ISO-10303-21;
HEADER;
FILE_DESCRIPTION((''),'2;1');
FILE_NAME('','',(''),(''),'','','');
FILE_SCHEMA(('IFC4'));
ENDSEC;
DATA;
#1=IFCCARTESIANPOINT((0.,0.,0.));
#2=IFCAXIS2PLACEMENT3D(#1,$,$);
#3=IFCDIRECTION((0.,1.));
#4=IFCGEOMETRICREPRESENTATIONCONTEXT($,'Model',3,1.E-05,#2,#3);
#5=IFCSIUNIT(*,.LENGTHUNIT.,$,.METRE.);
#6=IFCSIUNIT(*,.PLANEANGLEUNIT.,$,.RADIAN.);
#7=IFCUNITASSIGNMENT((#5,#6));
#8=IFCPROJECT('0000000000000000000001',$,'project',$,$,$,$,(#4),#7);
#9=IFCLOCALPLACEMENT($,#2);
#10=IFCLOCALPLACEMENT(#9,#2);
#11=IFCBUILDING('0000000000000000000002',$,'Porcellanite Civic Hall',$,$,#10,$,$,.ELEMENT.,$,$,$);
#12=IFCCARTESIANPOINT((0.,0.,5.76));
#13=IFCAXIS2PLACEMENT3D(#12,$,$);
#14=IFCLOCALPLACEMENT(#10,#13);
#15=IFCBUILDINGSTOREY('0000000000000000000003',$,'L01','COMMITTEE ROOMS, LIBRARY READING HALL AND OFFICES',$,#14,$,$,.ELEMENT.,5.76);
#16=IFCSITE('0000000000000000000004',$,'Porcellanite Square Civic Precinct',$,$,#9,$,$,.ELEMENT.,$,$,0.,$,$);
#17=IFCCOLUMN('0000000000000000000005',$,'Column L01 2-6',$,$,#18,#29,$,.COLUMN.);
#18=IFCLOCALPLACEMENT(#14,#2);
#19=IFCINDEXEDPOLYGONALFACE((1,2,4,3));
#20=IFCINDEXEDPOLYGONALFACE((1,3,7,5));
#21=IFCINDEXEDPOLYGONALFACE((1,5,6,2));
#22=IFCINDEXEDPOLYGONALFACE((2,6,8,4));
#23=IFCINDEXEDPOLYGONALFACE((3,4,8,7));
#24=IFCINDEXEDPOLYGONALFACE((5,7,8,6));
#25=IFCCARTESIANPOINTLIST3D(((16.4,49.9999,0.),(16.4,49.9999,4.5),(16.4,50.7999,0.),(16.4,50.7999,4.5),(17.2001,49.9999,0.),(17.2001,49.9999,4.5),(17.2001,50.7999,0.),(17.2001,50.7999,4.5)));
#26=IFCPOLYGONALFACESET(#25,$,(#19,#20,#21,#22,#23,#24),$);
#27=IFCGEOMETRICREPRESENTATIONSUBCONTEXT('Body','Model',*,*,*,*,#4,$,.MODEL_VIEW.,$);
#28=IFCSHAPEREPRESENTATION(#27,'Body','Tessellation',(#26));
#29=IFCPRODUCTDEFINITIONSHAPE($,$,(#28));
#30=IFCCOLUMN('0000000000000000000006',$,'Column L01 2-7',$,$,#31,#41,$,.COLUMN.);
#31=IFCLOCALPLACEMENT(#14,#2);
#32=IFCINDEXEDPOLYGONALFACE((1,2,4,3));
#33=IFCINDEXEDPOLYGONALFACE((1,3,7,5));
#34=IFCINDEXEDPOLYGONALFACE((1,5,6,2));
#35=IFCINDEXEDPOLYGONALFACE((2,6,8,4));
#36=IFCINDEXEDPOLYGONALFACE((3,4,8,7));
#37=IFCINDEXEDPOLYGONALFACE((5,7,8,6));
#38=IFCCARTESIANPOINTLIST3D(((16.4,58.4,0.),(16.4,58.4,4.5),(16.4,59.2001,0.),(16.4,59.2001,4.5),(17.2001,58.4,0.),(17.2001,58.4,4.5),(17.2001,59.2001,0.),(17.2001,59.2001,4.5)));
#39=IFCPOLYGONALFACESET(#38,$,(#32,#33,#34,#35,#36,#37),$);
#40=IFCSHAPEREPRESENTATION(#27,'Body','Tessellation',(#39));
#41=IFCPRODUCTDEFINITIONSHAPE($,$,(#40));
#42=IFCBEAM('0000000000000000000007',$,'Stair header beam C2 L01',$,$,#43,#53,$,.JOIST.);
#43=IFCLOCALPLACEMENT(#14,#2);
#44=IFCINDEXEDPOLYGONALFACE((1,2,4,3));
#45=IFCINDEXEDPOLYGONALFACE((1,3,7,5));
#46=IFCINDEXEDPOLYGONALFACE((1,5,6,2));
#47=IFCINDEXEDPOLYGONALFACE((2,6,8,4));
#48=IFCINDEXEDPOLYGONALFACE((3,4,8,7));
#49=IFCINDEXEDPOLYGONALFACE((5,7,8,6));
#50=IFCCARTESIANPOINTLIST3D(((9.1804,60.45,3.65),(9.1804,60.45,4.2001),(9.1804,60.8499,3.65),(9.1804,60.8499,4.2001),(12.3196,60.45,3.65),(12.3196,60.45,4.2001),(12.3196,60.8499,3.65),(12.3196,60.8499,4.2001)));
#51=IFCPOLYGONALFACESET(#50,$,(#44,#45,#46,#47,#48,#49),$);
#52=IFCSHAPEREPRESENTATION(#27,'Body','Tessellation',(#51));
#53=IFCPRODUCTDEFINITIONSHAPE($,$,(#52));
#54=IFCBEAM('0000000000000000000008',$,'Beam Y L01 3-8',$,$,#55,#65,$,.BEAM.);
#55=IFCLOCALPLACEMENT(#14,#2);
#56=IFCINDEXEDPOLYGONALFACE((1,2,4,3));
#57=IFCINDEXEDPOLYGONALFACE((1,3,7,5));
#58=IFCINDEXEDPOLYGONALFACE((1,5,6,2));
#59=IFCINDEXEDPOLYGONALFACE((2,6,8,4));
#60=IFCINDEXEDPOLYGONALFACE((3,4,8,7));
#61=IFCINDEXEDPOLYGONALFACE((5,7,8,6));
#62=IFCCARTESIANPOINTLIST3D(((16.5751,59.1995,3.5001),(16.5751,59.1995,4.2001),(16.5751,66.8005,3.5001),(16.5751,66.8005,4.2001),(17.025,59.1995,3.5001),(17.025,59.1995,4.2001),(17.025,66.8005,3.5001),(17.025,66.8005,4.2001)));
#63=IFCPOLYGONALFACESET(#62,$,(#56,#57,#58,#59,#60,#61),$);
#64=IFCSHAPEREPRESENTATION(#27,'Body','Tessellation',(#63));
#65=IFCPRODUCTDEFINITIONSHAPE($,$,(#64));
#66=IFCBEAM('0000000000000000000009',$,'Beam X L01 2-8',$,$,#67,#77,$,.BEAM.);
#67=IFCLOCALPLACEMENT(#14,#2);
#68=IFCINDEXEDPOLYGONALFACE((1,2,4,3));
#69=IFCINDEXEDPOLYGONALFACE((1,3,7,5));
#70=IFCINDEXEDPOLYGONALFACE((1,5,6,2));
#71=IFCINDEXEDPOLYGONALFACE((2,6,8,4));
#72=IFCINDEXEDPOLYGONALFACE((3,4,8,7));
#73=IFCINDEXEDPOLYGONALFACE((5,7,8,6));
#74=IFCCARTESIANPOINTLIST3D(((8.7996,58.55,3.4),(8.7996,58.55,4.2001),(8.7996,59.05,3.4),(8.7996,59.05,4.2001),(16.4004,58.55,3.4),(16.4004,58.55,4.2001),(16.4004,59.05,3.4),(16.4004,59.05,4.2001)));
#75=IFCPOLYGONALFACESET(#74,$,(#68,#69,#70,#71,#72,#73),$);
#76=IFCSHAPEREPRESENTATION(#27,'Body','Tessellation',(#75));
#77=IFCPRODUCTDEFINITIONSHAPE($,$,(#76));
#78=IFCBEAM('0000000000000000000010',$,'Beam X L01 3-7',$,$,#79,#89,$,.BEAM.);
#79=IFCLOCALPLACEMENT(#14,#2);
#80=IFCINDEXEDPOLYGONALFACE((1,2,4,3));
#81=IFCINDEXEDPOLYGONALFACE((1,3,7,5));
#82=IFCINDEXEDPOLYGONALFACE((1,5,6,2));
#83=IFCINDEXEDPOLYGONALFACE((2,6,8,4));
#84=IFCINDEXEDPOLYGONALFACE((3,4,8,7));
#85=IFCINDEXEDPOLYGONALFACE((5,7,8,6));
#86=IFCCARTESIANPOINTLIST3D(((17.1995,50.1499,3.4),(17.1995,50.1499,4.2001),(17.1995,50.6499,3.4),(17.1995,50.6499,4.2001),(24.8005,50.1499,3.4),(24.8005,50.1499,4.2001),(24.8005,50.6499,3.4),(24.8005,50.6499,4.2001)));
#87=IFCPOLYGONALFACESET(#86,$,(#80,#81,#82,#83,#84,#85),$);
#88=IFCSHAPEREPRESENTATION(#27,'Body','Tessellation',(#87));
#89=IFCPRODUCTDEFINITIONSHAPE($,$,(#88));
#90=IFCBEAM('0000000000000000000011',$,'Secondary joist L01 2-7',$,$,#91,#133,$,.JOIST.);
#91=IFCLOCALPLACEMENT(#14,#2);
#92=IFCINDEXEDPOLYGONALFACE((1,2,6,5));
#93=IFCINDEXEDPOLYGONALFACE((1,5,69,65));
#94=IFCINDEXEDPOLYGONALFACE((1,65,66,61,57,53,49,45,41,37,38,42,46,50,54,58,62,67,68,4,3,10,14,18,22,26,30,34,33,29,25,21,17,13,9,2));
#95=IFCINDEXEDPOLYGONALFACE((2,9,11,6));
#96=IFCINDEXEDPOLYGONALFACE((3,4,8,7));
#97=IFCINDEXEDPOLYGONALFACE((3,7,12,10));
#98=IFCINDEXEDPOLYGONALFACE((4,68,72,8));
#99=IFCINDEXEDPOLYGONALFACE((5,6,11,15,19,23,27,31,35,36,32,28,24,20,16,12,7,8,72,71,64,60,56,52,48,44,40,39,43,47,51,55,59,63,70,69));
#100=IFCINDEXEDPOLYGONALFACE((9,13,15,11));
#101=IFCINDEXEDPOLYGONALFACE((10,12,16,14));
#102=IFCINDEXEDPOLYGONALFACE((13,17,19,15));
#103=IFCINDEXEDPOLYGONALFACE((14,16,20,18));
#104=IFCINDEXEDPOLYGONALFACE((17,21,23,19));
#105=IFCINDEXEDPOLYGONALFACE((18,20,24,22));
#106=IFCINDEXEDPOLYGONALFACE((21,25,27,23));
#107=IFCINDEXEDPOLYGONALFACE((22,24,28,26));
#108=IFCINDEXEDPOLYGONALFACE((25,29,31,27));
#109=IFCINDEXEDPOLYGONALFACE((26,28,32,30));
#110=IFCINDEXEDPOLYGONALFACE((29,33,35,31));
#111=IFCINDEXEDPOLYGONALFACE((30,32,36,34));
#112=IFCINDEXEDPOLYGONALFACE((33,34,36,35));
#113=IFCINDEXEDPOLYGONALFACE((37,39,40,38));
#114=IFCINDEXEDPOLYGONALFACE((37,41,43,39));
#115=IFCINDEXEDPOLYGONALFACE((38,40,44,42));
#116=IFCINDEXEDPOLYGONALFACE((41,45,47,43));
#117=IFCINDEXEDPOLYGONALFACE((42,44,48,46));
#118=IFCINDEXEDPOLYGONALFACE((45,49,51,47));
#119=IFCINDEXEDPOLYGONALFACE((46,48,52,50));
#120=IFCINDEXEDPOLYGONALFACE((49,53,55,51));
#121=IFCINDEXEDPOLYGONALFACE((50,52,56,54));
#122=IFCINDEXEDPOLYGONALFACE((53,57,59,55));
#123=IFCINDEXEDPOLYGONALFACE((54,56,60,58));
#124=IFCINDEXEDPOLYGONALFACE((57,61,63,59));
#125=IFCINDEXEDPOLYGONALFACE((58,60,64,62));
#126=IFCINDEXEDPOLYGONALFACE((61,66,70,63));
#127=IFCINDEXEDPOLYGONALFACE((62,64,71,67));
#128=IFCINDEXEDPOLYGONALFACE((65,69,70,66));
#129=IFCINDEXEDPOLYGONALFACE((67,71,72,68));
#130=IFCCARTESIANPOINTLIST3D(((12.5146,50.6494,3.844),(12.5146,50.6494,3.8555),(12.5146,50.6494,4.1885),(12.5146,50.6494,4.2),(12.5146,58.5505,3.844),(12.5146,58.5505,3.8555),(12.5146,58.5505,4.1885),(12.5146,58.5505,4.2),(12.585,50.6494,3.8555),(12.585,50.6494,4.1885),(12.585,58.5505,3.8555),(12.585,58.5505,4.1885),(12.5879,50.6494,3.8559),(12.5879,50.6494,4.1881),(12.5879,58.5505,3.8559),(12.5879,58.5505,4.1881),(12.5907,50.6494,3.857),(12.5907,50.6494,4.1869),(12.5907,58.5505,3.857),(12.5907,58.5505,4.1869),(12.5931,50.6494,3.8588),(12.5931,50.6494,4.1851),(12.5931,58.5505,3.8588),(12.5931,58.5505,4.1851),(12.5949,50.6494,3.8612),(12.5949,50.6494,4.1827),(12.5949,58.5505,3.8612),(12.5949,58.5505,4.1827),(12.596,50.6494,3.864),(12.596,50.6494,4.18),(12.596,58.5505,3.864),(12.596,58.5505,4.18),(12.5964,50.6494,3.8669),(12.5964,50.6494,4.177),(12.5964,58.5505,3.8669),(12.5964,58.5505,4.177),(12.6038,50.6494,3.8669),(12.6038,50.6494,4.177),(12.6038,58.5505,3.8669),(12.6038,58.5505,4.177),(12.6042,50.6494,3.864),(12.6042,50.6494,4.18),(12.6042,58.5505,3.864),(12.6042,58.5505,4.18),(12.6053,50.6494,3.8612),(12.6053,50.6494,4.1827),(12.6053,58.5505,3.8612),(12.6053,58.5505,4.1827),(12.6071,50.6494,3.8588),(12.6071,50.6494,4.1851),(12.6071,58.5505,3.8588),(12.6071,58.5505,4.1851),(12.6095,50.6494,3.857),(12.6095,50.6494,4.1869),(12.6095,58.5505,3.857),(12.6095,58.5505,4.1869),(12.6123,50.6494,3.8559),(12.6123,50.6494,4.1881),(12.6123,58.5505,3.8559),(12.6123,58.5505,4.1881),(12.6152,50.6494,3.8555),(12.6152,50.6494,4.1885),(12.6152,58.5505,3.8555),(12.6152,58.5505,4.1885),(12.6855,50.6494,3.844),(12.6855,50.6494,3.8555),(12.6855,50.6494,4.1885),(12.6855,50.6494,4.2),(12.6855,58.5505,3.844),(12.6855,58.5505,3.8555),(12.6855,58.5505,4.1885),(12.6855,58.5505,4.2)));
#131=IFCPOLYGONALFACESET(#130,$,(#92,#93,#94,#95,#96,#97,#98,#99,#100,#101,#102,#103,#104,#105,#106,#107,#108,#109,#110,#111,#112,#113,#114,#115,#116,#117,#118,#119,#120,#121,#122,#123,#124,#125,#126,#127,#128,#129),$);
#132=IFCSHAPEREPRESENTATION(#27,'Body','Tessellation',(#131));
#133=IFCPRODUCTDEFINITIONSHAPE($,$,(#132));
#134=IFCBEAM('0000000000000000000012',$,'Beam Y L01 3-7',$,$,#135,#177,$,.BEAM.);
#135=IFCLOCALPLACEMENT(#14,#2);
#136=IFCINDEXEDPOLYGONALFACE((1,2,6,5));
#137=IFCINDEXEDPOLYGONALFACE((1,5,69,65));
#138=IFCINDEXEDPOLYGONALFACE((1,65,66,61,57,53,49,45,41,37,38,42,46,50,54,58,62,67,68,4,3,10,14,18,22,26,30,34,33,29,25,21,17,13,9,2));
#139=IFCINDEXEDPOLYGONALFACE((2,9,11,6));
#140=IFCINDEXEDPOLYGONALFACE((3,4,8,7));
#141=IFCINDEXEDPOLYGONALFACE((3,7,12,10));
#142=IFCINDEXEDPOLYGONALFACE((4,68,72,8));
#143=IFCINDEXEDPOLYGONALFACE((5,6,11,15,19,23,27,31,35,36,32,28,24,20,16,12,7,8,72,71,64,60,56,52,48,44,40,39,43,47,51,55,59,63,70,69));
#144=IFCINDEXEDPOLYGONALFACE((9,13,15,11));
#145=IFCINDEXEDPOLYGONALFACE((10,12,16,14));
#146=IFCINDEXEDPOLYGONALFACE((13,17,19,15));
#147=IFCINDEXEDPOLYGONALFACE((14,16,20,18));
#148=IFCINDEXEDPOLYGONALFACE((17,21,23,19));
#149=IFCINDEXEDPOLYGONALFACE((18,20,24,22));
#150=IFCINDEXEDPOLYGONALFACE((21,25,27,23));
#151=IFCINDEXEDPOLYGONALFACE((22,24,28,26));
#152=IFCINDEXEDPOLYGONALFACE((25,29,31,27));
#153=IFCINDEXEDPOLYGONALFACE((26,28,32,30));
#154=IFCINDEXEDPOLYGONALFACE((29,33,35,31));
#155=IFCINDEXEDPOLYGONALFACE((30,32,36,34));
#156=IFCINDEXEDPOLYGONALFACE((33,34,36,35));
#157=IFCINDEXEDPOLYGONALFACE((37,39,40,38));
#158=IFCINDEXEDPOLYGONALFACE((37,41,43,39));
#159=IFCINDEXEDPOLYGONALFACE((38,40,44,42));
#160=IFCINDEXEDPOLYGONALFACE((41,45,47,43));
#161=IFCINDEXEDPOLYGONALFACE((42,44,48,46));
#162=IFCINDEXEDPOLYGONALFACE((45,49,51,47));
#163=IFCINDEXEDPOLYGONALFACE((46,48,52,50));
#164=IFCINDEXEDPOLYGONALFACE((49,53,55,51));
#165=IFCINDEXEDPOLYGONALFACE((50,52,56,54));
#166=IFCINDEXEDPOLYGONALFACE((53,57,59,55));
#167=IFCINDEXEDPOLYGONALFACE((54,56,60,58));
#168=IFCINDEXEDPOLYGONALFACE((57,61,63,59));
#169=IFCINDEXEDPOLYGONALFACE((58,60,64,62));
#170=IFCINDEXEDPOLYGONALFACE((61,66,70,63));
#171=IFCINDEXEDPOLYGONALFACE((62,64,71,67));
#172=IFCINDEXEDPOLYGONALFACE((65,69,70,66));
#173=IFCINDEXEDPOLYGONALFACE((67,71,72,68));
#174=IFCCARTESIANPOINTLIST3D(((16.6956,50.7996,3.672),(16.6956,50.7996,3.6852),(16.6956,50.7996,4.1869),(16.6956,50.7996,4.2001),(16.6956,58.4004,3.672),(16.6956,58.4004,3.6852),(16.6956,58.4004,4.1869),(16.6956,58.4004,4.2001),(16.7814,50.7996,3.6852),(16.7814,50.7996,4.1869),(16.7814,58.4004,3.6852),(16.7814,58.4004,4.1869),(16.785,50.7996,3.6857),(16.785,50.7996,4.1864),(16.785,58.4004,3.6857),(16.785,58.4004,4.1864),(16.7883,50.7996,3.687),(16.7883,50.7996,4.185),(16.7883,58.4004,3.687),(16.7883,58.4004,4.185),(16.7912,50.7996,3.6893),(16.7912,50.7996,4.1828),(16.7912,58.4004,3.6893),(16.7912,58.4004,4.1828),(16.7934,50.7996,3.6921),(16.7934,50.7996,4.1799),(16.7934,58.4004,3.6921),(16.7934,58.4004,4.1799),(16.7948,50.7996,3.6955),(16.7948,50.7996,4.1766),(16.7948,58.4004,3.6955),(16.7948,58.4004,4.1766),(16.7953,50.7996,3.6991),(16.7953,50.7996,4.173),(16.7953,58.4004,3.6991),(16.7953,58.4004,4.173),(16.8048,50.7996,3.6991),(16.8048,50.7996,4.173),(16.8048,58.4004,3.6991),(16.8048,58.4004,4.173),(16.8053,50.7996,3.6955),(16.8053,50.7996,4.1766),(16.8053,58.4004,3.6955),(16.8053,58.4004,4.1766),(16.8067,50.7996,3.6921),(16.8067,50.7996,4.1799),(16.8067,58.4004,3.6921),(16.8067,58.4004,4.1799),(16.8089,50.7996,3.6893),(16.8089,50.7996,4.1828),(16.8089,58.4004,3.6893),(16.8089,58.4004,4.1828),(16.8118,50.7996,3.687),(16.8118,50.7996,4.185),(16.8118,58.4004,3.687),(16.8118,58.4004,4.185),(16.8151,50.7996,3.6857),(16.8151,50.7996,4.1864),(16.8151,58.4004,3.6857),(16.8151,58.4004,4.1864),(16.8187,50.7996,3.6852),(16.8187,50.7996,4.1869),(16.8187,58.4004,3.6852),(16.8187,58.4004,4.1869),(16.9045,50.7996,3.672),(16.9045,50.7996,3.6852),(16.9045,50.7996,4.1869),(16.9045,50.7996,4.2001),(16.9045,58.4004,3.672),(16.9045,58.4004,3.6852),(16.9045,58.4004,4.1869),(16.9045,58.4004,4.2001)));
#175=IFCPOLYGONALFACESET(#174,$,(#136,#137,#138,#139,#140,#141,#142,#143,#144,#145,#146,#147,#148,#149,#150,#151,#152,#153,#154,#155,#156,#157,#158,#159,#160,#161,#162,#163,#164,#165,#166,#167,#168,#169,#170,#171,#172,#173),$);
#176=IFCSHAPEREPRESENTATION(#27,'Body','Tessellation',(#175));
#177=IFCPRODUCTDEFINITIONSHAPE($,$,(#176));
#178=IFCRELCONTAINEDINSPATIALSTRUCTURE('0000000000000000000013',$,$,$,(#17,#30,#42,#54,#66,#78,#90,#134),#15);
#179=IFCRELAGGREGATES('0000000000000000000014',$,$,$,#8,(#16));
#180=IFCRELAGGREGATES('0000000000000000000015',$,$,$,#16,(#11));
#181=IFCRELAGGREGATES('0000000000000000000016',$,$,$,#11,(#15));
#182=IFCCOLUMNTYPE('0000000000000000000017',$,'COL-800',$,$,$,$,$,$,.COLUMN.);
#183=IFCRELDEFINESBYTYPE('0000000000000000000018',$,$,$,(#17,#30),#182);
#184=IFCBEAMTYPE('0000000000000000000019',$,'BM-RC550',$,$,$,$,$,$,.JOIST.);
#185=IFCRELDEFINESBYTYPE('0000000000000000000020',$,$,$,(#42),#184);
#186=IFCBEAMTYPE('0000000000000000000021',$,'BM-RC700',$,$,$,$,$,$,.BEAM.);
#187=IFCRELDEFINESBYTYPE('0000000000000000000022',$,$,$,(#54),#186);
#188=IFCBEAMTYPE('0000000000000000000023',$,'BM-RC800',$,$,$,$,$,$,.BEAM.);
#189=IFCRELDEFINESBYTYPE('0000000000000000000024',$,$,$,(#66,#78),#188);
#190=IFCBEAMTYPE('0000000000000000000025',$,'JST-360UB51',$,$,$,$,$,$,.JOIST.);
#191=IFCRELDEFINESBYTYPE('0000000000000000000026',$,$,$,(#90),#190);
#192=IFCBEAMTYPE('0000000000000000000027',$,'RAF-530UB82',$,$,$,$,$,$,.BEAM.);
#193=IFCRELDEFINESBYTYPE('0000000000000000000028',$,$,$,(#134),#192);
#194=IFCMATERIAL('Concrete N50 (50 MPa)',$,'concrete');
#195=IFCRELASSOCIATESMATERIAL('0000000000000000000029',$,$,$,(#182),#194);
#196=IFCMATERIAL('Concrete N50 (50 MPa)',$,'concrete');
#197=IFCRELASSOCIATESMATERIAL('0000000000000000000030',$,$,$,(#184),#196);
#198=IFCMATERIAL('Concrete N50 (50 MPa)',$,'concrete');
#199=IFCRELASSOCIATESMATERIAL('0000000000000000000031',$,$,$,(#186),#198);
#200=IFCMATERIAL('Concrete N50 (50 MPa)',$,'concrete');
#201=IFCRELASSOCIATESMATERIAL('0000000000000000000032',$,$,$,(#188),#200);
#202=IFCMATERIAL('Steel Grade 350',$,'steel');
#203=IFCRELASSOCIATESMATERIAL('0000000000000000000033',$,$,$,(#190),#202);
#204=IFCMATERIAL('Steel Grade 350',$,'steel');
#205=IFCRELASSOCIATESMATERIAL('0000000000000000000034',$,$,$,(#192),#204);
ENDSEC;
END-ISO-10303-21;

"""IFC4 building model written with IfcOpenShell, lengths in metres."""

from ifc_helpers import new_model, si_unit, direction, frame, origin, origin_2d, place, context, subcontext, project, spatial, rectangle, i_section, extrude, material, material_profile, profile_set, type_object, element, save


model = new_model("IFC4")

# Units and contexts
model_context = context("Model", 3, precision=1e-05, world=origin(), true_north=direction((0.0, 1.0)))
body_context = subcontext(model_context, "Body", "Model", "MODEL_VIEW")
ifc_project = project(units=[si_unit("LENGTHUNIT", "METRE"), si_unit("PLANEANGLEUNIT", "RADIAN")], contexts=[model_context])

# Site, building, storey
site_placement = place(None, origin())
site = spatial("IfcSite", under=ifc_project, at=site_placement, Name="Porcellanite Square Civic Precinct", CompositionType="ELEMENT", RefElevation=0.0)
building_placement = place(site_placement, origin())
building = spatial("IfcBuilding", under=site, at=building_placement, Name="Porcellanite Civic Hall", CompositionType="ELEMENT")
storey_placement = place(building_placement, frame((0.0, 0.0, 5.76)))
storey = spatial("IfcBuildingStorey", under=building, at=storey_placement, Name="L01", Description="COMMITTEE ROOMS, LIBRARY READING HALL AND OFFICES", CompositionType="ELEMENT", Elevation=5.76)

# Columns
ifc_material_1 = material(Name="Concrete N50 (50 MPa)", Category="concrete")
ifc_material_profile_1 = material_profile(ifc_material_1, rectangle(XDim=0.8, YDim=0.8, at=origin_2d()), Name="RC-800x800")
ifc_profile_set_1 = profile_set([ifc_material_profile_1], Name="Concrete N50 (50 MPa)")
column_type = type_object("IfcColumnType", Name="COL-800", PredefinedType="COLUMN", material=ifc_profile_set_1)
for number, where, z_axis, x_axis, name in (
    (1, (16.8, 50.3999, 0.0), (0.0, 0.0, 1.0), (1.0, 0.0, 0.0), "Column L01 2-6"),
    (2, (16.8, 58.8, 0.0), (0.0, 0.0, 1.0), (1.0, 0.0, 0.0), "Column L01 2-7"),
):
    element("IfcColumn", number, at=place(storey_placement, frame(where, z_axis=z_axis, x_axis=x_axis)), inside=storey, type_object=column_type, Name=name, PredefinedType="COLUMN", context=body_context, shape_type="SweptSolid", body=[
        extrude(rectangle(XDim=0.8, YDim=0.8, at=origin_2d()), origin(), (0.0, 0.0, 1.0), 4.5),
    ])

# Beams
ifc_material_2 = material(Name="Concrete N50 (50 MPa)", Category="concrete")
ifc_material_profile_2 = material_profile(ifc_material_2, rectangle(XDim=0.3999, YDim=0.55, at=origin_2d()), Name="RC-400x550")
ifc_profile_set_2 = profile_set([ifc_material_profile_2], Name="Concrete N50 (50 MPa)")
beam_type_1 = type_object("IfcBeamType", Name="BM-RC550", PredefinedType="JOIST", material=ifc_profile_set_2)
beam_1_placement = place(storey_placement, frame((9.1804, 60.6499, 3.925), z_axis=(1.0, 0.0, 0.0), x_axis=(0.0, 1.0, 0.0)))
element("IfcBeam", 3, at=beam_1_placement, inside=storey, type_object=beam_type_1, Name="Stair header beam C2 L01", PredefinedType="JOIST", context=body_context, shape_type="SweptSolid", body=[
    extrude(rectangle(XDim=0.3999, YDim=0.55, at=origin_2d()), origin(), (0.0, 0.0, 1.0), 3.1392),
])
ifc_material_3 = material(Name="Concrete N50 (50 MPa)", Category="concrete")
ifc_material_profile_3 = material_profile(ifc_material_3, rectangle(XDim=0.45, YDim=0.7, at=origin_2d()), Name="RC-450x700")
ifc_profile_set_3 = profile_set([ifc_material_profile_3], Name="Concrete N50 (50 MPa)")
beam_type_2 = type_object("IfcBeamType", Name="BM-RC700", PredefinedType="BEAM", material=ifc_profile_set_3)
beam_2_placement = place(storey_placement, frame((16.8, 59.1995, 3.8501), z_axis=(0.0, 1.0, 0.0), x_axis=(-1.0, 0.0, 0.0)))
element("IfcBeam", 4, at=beam_2_placement, inside=storey, type_object=beam_type_2, Name="Beam Y L01 3-8", PredefinedType="BEAM", context=body_context, shape_type="SweptSolid", body=[
    extrude(rectangle(XDim=0.45, YDim=0.7, at=origin_2d()), origin(), (0.0, 0.0, 1.0), 7.6011),
])
ifc_material_4 = material(Name="Concrete N50 (50 MPa)", Category="concrete")
ifc_material_profile_4 = material_profile(ifc_material_4, rectangle(XDim=0.5, YDim=0.8, at=origin_2d()), Name="RC-500x800")
ifc_profile_set_4 = profile_set([ifc_material_profile_4], Name="Concrete N50 (50 MPa)")
beam_type_3 = type_object("IfcBeamType", Name="BM-RC800", PredefinedType="BEAM", material=ifc_profile_set_4)
beam_3_placement = place(storey_placement, frame((8.7996, 58.8, 3.8), z_axis=(1.0, 0.0, 0.0), x_axis=(0.0, 1.0, 0.0)))
element("IfcBeam", 5, at=beam_3_placement, inside=storey, type_object=beam_type_3, Name="Beam X L01 2-8", PredefinedType="BEAM", context=body_context, shape_type="SweptSolid", body=[
    extrude(rectangle(XDim=0.5, YDim=0.8, at=origin_2d()), origin(), (0.0, 0.0, 1.0), 7.6008),
])
beam_4_placement = place(storey_placement, frame((17.1995, 50.3999, 3.8), z_axis=(1.0, 0.0, 0.0), x_axis=(0.0, 1.0, 0.0)))
element("IfcBeam", 6, at=beam_4_placement, inside=storey, type_object=beam_type_3, Name="Beam X L01 3-7", PredefinedType="BEAM", context=body_context, shape_type="SweptSolid", body=[
    extrude(rectangle(XDim=0.5, YDim=0.8, at=origin_2d()), origin(), (0.0, 0.0, 1.0), 7.6011),
])
ifc_material_5 = material(Name="Steel Grade 350", Category="steel")
ifc_material_profile_5 = material_profile(ifc_material_5, i_section(OverallWidth=0.1709, OverallDepth=0.356, WebThickness=0.0073, FlangeThickness=0.0115, FilletRadius=0.0115, at=origin_2d()), Name="360UB50.7")
ifc_profile_set_5 = profile_set([ifc_material_profile_5], Name="Steel Grade 350")
beam_type_4 = type_object("IfcBeamType", Name="JST-360UB51", PredefinedType="JOIST", material=ifc_profile_set_5)
beam_5_placement = place(storey_placement, frame((12.6001, 50.6494, 4.022), z_axis=(0.0, 1.0, 0.0), x_axis=(-1.0, 0.0, 0.0)))
element("IfcBeam", 7, at=beam_5_placement, inside=storey, type_object=beam_type_4, Name="Secondary joist L01 2-7", PredefinedType="JOIST", context=body_context, shape_type="SweptSolid", body=[
    extrude(i_section(OverallWidth=0.1709, OverallDepth=0.356, WebThickness=0.0073, FlangeThickness=0.0115, FilletRadius=0.0115, at=origin_2d()), origin(), (0.0, 0.0, 1.0), 7.9011),
])
ifc_material_6 = material(Name="Steel Grade 350", Category="steel")
ifc_material_profile_6 = material_profile(ifc_material_6, i_section(OverallWidth=0.209, OverallDepth=0.5281, WebThickness=0.0095, FlangeThickness=0.0132, FilletRadius=0.0139, at=origin_2d()), Name="530UB82.0")
ifc_profile_set_6 = profile_set([ifc_material_profile_6], Name="Steel Grade 350")
beam_type_5 = type_object("IfcBeamType", Name="RAF-530UB82", PredefinedType="BEAM", material=ifc_profile_set_6)
beam_6_placement = place(storey_placement, frame((16.8, 50.7996, 3.936), z_axis=(0.0, 1.0, 0.0), x_axis=(-1.0, 0.0, 0.0)))
element("IfcBeam", 8, at=beam_6_placement, inside=storey, type_object=beam_type_5, Name="Beam Y L01 3-7", PredefinedType="BEAM", context=body_context, shape_type="SweptSolid", body=[
    extrude(i_section(OverallWidth=0.209, OverallDepth=0.5281, WebThickness=0.0095, FlangeThickness=0.0132, FilletRadius=0.0139, at=origin_2d()), origin(), (0.0, 0.0, 1.0), 7.6008),
])

save(model, "model.ifc")
